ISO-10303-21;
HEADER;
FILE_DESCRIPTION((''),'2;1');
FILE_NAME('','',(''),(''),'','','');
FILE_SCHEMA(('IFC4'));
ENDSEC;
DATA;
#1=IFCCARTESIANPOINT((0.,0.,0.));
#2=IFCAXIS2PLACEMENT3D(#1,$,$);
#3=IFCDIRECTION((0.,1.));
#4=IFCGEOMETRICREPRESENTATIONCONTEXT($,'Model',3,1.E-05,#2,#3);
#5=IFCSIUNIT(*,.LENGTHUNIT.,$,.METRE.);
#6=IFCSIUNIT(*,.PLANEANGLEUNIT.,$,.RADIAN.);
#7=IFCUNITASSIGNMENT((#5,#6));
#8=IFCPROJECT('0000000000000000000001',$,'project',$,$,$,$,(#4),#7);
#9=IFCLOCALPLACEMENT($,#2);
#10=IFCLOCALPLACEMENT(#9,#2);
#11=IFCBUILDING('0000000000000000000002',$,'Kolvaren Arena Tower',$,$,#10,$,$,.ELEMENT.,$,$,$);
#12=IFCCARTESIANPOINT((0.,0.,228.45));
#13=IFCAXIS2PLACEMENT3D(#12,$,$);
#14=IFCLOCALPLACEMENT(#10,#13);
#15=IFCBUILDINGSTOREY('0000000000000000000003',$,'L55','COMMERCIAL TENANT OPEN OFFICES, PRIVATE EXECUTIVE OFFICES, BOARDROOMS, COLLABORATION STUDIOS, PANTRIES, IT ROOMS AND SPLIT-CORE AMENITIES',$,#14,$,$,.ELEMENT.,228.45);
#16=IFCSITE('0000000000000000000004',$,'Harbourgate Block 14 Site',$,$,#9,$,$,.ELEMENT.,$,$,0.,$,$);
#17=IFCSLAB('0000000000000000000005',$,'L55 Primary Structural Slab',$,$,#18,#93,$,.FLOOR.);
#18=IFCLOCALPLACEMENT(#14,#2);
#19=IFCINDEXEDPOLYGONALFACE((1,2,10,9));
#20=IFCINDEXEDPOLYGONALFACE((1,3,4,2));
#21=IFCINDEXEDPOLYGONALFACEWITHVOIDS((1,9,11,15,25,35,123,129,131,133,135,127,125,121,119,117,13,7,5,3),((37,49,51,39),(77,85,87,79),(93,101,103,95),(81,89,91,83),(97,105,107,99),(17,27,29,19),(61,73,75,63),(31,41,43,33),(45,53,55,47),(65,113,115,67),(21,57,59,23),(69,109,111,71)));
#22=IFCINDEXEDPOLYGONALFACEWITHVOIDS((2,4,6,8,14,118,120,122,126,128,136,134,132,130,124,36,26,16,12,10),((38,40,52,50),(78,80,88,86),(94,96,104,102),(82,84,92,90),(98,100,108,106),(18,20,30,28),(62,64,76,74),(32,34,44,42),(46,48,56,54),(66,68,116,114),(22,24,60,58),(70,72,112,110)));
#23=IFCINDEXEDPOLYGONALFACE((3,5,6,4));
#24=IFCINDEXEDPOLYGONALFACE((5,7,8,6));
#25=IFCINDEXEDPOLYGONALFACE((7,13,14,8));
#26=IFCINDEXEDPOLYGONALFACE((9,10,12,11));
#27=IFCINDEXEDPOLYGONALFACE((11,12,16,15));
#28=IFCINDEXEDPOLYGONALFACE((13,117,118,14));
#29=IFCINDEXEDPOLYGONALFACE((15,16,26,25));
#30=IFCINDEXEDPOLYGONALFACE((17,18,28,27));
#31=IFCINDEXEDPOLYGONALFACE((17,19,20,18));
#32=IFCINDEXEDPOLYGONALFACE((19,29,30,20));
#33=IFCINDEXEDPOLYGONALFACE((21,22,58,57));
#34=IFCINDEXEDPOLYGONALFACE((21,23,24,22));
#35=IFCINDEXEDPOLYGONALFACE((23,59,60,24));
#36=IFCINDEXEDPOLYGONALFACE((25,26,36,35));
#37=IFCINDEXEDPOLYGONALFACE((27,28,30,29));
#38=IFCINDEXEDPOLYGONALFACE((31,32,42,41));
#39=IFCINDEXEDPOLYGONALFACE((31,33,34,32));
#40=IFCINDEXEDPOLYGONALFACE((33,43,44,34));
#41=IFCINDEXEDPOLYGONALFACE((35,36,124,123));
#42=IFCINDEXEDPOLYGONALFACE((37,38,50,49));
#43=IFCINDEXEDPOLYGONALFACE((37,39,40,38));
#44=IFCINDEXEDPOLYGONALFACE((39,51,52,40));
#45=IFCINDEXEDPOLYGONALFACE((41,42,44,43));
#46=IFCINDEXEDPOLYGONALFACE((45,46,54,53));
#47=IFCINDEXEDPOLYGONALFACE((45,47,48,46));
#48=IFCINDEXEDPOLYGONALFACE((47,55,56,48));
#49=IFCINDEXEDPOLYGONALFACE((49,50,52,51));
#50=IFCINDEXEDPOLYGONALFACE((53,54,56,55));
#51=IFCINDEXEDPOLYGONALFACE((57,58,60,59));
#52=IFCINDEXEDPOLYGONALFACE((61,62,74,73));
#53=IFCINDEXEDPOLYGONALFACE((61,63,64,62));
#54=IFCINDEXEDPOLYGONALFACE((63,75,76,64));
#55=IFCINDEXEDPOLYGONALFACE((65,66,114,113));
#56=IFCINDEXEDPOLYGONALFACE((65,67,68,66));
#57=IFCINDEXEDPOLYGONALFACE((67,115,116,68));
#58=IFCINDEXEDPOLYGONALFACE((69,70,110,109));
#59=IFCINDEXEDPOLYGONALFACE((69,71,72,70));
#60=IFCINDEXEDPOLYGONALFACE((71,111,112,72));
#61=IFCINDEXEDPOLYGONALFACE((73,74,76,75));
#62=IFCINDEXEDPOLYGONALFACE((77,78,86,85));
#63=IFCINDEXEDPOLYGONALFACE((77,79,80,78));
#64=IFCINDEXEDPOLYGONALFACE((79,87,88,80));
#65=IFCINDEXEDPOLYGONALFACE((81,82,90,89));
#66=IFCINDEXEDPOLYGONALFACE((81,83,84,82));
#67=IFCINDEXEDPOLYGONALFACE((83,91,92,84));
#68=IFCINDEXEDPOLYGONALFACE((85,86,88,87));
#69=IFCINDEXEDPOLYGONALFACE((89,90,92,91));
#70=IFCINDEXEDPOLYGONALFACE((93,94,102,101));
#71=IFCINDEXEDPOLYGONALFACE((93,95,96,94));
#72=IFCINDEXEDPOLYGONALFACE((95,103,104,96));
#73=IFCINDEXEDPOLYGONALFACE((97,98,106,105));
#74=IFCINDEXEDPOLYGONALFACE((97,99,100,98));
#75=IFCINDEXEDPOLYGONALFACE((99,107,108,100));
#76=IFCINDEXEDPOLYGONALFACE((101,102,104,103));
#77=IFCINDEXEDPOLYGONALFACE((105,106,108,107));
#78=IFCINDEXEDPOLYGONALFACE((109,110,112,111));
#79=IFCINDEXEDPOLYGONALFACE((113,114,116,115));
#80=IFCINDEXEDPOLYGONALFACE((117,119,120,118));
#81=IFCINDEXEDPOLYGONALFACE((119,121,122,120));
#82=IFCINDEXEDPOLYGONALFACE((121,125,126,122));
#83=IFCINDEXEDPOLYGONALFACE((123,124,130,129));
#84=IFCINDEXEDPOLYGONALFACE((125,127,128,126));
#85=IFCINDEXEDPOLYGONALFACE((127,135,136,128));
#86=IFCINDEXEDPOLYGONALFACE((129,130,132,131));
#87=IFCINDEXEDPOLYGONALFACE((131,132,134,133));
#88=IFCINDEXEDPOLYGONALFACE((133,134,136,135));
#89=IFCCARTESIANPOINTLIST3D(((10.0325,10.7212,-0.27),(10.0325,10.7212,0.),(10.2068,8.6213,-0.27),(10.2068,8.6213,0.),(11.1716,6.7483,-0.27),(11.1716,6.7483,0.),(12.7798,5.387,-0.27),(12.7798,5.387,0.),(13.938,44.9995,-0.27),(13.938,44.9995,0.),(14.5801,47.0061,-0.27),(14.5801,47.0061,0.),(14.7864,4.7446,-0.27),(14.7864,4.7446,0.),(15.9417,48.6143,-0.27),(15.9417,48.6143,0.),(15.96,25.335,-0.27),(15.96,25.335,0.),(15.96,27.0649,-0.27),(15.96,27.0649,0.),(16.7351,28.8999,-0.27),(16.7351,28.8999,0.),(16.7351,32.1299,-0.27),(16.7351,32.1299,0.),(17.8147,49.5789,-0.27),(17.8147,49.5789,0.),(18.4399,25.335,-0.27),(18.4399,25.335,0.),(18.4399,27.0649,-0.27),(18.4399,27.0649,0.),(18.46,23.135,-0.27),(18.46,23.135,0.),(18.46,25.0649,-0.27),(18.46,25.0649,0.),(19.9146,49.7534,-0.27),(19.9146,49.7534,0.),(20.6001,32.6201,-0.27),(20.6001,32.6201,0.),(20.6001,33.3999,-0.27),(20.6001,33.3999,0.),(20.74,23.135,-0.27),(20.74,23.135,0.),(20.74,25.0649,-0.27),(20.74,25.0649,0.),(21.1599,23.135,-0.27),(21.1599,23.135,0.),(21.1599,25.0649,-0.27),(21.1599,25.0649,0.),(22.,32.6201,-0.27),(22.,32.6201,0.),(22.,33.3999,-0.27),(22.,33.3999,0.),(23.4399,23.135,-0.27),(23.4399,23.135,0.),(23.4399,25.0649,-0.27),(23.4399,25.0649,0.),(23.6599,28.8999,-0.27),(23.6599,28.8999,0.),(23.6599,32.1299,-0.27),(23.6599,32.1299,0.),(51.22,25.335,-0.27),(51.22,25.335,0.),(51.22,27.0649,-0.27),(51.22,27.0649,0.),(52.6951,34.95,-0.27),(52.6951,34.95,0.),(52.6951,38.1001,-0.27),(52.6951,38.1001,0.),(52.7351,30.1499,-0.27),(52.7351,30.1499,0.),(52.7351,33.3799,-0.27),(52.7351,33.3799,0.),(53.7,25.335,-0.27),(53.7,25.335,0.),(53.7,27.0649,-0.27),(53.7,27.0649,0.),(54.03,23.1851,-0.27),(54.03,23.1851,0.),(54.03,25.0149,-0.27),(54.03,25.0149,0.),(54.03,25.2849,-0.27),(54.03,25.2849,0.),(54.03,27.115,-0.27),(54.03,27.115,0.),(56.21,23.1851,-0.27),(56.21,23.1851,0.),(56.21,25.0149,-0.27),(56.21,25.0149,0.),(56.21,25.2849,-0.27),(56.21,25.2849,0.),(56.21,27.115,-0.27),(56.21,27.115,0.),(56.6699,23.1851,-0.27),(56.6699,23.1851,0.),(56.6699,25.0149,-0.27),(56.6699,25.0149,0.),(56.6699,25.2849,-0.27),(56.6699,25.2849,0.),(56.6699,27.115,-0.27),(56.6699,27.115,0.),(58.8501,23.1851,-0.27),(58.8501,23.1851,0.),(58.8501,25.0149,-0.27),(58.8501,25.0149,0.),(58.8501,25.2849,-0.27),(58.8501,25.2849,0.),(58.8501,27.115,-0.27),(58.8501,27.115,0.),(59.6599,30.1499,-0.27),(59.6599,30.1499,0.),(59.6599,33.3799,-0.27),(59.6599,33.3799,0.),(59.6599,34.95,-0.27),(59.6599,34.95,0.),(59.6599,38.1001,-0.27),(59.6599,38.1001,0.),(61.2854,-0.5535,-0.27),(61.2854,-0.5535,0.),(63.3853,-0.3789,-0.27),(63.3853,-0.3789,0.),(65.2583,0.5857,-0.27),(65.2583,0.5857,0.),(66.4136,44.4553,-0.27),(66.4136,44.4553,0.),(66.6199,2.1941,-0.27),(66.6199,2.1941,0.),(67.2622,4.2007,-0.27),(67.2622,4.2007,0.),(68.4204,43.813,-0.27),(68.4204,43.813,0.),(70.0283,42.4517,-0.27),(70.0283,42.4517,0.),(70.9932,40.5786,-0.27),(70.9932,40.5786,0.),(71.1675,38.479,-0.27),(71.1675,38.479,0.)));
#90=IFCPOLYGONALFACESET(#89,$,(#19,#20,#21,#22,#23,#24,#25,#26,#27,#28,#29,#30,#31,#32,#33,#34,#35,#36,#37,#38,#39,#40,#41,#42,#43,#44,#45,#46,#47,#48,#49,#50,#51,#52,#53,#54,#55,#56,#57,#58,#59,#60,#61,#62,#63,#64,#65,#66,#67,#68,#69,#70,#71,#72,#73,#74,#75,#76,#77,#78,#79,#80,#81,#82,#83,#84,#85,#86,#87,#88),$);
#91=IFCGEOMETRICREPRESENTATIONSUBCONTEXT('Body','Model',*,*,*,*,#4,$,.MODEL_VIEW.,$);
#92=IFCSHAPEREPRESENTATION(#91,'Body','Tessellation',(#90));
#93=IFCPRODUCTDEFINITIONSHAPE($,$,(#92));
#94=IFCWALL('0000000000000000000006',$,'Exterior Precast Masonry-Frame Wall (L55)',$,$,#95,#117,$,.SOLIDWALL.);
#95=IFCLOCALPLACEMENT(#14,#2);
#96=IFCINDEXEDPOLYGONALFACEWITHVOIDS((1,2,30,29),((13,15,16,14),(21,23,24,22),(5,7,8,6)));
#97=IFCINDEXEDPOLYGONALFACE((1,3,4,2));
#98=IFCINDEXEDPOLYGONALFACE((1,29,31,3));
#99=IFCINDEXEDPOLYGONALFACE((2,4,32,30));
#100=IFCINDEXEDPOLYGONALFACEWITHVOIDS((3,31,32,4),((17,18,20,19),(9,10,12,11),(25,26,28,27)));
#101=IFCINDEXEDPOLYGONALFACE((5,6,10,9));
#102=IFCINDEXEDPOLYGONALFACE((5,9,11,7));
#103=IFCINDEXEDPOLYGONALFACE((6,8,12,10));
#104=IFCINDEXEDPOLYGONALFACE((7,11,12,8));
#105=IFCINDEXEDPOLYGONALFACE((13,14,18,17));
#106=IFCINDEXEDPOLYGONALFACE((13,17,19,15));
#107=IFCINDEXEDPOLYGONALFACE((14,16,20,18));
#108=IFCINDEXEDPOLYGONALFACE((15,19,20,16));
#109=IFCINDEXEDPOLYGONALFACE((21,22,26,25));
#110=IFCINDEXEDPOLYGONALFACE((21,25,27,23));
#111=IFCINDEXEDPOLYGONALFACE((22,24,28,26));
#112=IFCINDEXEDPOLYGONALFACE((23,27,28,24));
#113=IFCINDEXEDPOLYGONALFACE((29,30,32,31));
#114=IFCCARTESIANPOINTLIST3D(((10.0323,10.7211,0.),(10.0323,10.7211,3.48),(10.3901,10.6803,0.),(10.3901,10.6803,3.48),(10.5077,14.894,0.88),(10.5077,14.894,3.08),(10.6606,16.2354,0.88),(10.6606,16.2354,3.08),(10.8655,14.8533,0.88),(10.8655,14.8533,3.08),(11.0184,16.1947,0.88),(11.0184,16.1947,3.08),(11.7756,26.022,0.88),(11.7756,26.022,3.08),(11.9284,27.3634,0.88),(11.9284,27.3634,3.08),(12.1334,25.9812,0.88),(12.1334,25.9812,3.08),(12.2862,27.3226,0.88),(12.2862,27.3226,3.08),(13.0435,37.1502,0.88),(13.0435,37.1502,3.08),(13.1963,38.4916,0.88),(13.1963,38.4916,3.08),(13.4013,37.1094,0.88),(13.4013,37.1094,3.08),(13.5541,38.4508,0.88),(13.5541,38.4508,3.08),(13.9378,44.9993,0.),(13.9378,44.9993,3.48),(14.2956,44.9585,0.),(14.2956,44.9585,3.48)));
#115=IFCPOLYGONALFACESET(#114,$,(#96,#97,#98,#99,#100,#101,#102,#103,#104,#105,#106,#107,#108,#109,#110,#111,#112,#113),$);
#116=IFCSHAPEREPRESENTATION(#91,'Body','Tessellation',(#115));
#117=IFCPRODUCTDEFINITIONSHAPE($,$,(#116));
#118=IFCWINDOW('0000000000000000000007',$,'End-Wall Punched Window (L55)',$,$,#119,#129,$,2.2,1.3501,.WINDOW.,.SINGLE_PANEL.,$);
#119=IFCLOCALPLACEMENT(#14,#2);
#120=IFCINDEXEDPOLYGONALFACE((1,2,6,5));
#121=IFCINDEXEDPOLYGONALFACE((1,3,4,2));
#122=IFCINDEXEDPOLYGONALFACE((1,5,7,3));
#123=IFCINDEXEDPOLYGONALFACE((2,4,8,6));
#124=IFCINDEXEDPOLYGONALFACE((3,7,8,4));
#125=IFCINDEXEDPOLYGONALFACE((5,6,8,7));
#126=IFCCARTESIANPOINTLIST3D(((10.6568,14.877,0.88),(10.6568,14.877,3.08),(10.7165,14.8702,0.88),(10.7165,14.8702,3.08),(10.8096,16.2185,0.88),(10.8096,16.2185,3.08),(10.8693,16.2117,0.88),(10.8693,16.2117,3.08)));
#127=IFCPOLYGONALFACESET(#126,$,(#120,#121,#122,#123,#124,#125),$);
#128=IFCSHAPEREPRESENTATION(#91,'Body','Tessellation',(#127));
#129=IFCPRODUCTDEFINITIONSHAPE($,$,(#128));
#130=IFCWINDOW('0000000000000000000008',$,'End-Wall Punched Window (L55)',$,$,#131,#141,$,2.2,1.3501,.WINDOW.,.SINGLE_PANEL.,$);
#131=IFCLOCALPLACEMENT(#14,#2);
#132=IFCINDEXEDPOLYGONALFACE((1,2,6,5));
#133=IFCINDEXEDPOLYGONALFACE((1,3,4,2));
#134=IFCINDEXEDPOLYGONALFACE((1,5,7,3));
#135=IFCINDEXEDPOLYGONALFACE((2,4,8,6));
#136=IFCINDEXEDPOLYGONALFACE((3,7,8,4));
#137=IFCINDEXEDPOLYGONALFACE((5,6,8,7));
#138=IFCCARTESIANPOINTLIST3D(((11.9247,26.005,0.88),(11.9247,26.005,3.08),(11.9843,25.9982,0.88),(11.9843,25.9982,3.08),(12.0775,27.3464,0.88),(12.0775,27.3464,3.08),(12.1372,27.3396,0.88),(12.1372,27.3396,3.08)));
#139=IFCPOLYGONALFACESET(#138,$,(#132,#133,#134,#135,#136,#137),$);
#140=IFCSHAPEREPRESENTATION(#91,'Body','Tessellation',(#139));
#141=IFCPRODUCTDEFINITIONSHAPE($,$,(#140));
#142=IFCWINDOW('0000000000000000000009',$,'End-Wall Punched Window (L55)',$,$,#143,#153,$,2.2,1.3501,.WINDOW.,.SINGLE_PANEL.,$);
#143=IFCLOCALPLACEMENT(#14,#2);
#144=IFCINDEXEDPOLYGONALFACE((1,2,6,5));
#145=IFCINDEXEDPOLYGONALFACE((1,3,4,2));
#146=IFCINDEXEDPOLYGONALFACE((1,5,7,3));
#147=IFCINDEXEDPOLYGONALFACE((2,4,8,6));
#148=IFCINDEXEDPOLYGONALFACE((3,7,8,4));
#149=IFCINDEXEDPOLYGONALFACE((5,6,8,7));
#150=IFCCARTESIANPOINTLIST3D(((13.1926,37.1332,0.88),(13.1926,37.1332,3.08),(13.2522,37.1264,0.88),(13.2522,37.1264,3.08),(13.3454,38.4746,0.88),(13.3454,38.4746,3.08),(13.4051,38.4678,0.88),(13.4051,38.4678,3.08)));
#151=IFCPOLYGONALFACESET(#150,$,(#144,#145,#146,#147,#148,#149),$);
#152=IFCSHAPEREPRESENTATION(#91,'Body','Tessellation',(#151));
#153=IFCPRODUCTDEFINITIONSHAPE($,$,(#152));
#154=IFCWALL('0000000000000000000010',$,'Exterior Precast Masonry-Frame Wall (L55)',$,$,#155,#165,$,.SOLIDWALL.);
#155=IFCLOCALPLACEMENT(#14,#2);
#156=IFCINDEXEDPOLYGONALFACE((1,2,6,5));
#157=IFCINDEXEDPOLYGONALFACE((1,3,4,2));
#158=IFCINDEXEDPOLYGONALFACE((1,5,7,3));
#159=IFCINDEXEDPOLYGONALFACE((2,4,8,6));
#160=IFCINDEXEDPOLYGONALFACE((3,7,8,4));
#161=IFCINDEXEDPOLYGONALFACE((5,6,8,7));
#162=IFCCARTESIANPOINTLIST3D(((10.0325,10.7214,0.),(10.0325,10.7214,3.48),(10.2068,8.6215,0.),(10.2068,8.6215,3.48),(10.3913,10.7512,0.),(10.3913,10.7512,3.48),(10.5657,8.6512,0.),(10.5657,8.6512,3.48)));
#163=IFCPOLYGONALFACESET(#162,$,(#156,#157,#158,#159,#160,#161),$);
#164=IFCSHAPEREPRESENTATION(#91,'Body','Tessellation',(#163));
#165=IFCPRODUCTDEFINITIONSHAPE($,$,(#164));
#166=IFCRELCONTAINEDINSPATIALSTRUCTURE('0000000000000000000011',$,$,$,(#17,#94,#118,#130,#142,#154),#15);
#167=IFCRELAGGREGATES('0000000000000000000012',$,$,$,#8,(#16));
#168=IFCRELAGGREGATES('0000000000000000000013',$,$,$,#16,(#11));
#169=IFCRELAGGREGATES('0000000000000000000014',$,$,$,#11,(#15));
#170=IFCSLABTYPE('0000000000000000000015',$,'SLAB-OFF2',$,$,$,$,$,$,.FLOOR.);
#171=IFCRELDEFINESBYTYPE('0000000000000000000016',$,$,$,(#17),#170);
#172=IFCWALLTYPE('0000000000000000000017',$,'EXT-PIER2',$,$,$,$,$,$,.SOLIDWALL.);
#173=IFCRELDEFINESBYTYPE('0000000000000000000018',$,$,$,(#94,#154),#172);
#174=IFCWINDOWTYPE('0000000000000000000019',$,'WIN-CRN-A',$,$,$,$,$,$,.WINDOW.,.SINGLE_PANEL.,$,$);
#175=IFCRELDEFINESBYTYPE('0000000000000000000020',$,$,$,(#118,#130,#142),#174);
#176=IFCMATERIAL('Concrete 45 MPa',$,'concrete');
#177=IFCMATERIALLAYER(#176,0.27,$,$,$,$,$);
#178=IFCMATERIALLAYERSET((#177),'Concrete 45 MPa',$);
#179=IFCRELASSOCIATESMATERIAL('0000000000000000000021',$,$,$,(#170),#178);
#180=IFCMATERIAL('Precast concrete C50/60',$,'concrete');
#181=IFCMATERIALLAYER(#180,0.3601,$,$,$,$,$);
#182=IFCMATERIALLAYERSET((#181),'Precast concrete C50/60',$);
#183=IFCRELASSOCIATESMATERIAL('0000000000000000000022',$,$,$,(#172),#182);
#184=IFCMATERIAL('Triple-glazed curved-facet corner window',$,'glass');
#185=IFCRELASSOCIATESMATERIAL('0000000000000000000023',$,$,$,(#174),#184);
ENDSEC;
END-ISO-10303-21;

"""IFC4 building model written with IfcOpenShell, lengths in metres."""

from ifc_helpers import new_model, si_unit, direction, frame, frame_2d, origin, place, context, subcontext, project, spatial, polyline, rectangle, outline, extrude, material, layer, layer_set, type_object, element, fill, save


model = new_model("IFC4")

# Units and contexts
model_context = context("Model", 3, precision=1e-05, world=origin(), true_north=direction((0.0, 1.0)))
body_context = subcontext(model_context, "Body", "Model", "MODEL_VIEW")
ifc_project = project(units=[si_unit("LENGTHUNIT", "METRE"), si_unit("PLANEANGLEUNIT", "RADIAN")], contexts=[model_context])

# Site, building, storey
site_placement = place(None, origin())
site = spatial("IfcSite", under=ifc_project, at=site_placement, Name="Harbourgate Block 14 Site", CompositionType="ELEMENT", RefElevation=0.0)
building_placement = place(site_placement, origin())
building = spatial("IfcBuilding", under=site, at=building_placement, Name="Kolvaren Arena Tower", CompositionType="ELEMENT")
storey_placement = place(building_placement, frame((0.0, 0.0, 228.45)))
storey = spatial("IfcBuildingStorey", under=building, at=storey_placement, Name="L55", Description="COMMERCIAL TENANT OPEN OFFICES, PRIVATE EXECUTIVE OFFICES, BOARDROOMS, COLLABORATION STUDIOS, PANTRIES, IT ROOMS AND SPLIT-CORE AMENITIES", CompositionType="ELEMENT", Elevation=228.45)

# Shared definitions
ifc_material_1 = material(Name="Concrete 45 MPa", Category="concrete")

# Slab
ifc_layer_1 = layer(ifc_material_1, 0.27)
ifc_layer_set_1 = layer_set([ifc_layer_1], Name="Concrete 45 MPa")
slab_type_1 = type_object("IfcSlabType", Name="SLAB-OFF2", PredefinedType="FLOOR", material=ifc_layer_set_1)
slab_1_placement = place(storey_placement, frame((0.0, 0.0, -0.27)))
element("IfcSlab", 1, at=slab_1_placement, inside=storey, type_object=slab_type_1, Name="L55 Primary Structural Slab", PredefinedType="FLOOR", context=body_context, shape_type="SweptSolid", body=[
    extrude(outline(polyline([(61.2854, -0.5535), (63.3853, -0.3789), (65.2583, 0.5857), (66.6199, 2.1941), (67.2622, 4.2007), (71.1675, 38.479), (70.9932, 40.5786), (70.0283, 42.4517), (68.4204, 43.813), (66.4136, 44.4553), (19.9146, 49.7534), (17.8147, 49.5789), (15.9417, 48.6143), (14.5801, 47.0061), (13.938, 44.9995), (10.0325, 10.7212), (10.2068, 8.6213), (11.1716, 6.7483), (12.7798, 5.387), (14.7864, 4.7446), (61.2854, -0.5535)]), holes=[polyline([(20.74, 23.135), (18.46, 23.135), (18.46, 25.0649), (20.74, 25.0649), (20.74, 23.135)]), polyline([(21.1599, 23.135), (21.1599, 25.0649), (23.4399, 25.0649), (23.4399, 23.135), (21.1599, 23.135)]), polyline([(56.21, 23.1851), (54.03, 23.1851), (54.03, 25.0149), (56.21, 25.0149), (56.21, 23.1851)]), polyline([(56.6699, 23.1851), (56.6699, 25.0149), (58.8501, 25.0149), (58.8501, 23.1851), (56.6699, 23.1851)]), polyline([(54.03, 25.2849), (54.03, 27.115), (56.21, 27.115), (56.21, 25.2849), (54.03, 25.2849)]), polyline([(58.8501, 25.2849), (56.6699, 25.2849), (56.6699, 27.115), (58.8501, 27.115), (58.8501, 25.2849)]), polyline([(15.96, 25.335), (15.96, 27.0649), (18.4399, 27.0649), (18.4399, 25.335), (15.96, 25.335)]), polyline([(53.7, 25.335), (51.22, 25.335), (51.22, 27.0649), (53.7, 27.0649), (53.7, 25.335)]), polyline([(16.7351, 28.8999), (16.7351, 32.1299), (23.6599, 32.1299), (23.6599, 28.8999), (16.7351, 28.8999)]), polyline([(52.7351, 30.1499), (52.7351, 33.3799), (59.6599, 33.3799), (59.6599, 30.1499), (52.7351, 30.1499)]), polyline([(20.6001, 32.6201), (20.6001, 33.3999), (22.0, 33.3999), (22.0, 32.6201), (20.6001, 32.6201)]), polyline([(52.6951, 34.95), (52.6951, 38.1001), (59.6599, 38.1001), (59.6599, 34.95), (52.6951, 34.95)])]), origin(), (0.0, 0.0, 1.0), 0.27),
])

# Wall, openings, windows
ifc_material_2 = material(Name="Precast concrete C50/60", Category="concrete")
ifc_layer_2 = layer(ifc_material_2, 0.3601)
ifc_layer_set_2 = layer_set([ifc_layer_2], Name="Precast concrete C50/60")
wall_type = type_object("IfcWallType", Name="EXT-PIER2", PredefinedType="SOLIDWALL", material=ifc_layer_set_2)
wall_1_placement = place(storey_placement, frame((10.2112, 10.7007, 0.0), z_axis=(0.0, 0.0, 1.0), x_axis=(0.113203, 0.993572, 0.0)))
wall_1 = element("IfcWall", 2, at=wall_1_placement, inside=storey, type_object=wall_type, Name="Exterior Precast Masonry-Frame Wall (L55)", PredefinedType="SOLIDWALL", context=body_context, shape_type="SweptSolid", body=[
    extrude(rectangle(XDim=34.5, YDim=0.3601, at=frame_2d((17.25, 0.0))), origin(), (0.0, 0.0, 1.0), 3.48),
])
opening_1_placement = place(wall_1_placement, frame((4.2, 0.0, 0.8799)))
opening_1 = element("IfcOpeningElement", 3, at=opening_1_placement, cuts=wall_1, PredefinedType="OPENING", context=body_context, shape_type="SweptSolid", body=[
    extrude(rectangle(XDim=1.3501, YDim=2.2, at=frame_2d((0.675, 1.1001))), frame((0.0, 0.1899, 0.0), z_axis=(0.0, -1.0, 0.0), x_axis=(1.0, 0.0, 0.0)), (0.0, 0.0, 1.0), 0.3801),
])
opening_2_placement = place(wall_1_placement, frame((15.3999, 0.0, 0.8799)))
opening_2 = element("IfcOpeningElement", 4, at=opening_2_placement, cuts=wall_1, PredefinedType="OPENING", context=body_context, shape_type="SweptSolid", body=[
    extrude(rectangle(XDim=1.3501, YDim=2.2, at=frame_2d((0.675, 1.1001))), frame((0.0, 0.1899, 0.0), z_axis=(0.0, -1.0, 0.0), x_axis=(1.0, 0.0, 0.0)), (0.0, 0.0, 1.0), 0.3801),
])
opening_3_placement = place(wall_1_placement, frame((26.6001, 0.0, 0.8799)))
opening_3 = element("IfcOpeningElement", 5, at=opening_3_placement, cuts=wall_1, PredefinedType="OPENING", context=body_context, shape_type="SweptSolid", body=[
    extrude(rectangle(XDim=1.3501, YDim=2.2, at=frame_2d((0.675, 1.1001))), frame((0.0, 0.1899, 0.0), z_axis=(0.0, -1.0, 0.0), x_axis=(1.0, 0.0, 0.0)), (0.0, 0.0, 1.0), 0.3801),
])
ifc_material_3 = material(Name="Triple-glazed curved-facet corner window", Category="glass")
window_type = type_object("IfcWindowType", Name="WIN-CRN-A", PartitioningType="SINGLE_PANEL", PredefinedType="WINDOW", material=ifc_material_3)
window_1_placement = place(opening_1_placement, origin())
window_1 = element("IfcWindow", 6, at=window_1_placement, inside=storey, type_object=window_type, Name="End-Wall Punched Window (L55)", OverallHeight=2.2, OverallWidth=1.3501, PartitioningType="SINGLE_PANEL", PredefinedType="WINDOW", context=body_context, shape_type="SweptSolid", body=[
    extrude(rectangle(XDim=1.3501, YDim=2.2, at=frame_2d((0.675, 1.1001))), frame((0.0, 0.03, 0.0), z_axis=(0.0, -1.0, 0.0), x_axis=(1.0, 0.0, 0.0)), (0.0, 0.0, 1.0), 0.0601),
])
fill(opening_1, window_1)
window_2_placement = place(opening_2_placement, origin())
window_2 = element("IfcWindow", 7, at=window_2_placement, inside=storey, type_object=window_type, Name="End-Wall Punched Window (L55)", OverallHeight=2.2, OverallWidth=1.3501, PartitioningType="SINGLE_PANEL", PredefinedType="WINDOW", context=body_context, shape_type="SweptSolid", body=[
    extrude(rectangle(XDim=1.3501, YDim=2.2, at=frame_2d((0.675, 1.1001))), frame((0.0, 0.03, 0.0), z_axis=(0.0, -1.0, 0.0), x_axis=(1.0, 0.0, 0.0)), (0.0, 0.0, 1.0), 0.0601),
])
fill(opening_2, window_2)
window_3_placement = place(opening_3_placement, origin())
window_3 = element("IfcWindow", 8, at=window_3_placement, inside=storey, type_object=window_type, Name="End-Wall Punched Window (L55)", OverallHeight=2.2, OverallWidth=1.3501, PartitioningType="SINGLE_PANEL", PredefinedType="WINDOW", context=body_context, shape_type="SweptSolid", body=[
    extrude(rectangle(XDim=1.3501, YDim=2.2, at=frame_2d((0.675, 1.1001))), frame((0.0, 0.03, 0.0), z_axis=(0.0, -1.0, 0.0), x_axis=(1.0, 0.0, 0.0)), (0.0, 0.0, 1.0), 0.0601),
])
fill(opening_3, window_3)

# Wall
wall_2_placement = place(storey_placement, frame((10.3862, 8.6362, 0.0), z_axis=(0.0, 0.0, 1.0), x_axis=(-0.082729, 0.996572, 0.0)))
element("IfcWall", 9, at=wall_2_placement, inside=storey, type_object=wall_type, Name="Exterior Precast Masonry-Frame Wall (L55)", PredefinedType="SOLIDWALL", context=body_context, shape_type="SweptSolid", body=[
    extrude(rectangle(XDim=2.1072, YDim=0.3601, at=frame_2d((1.0537, 0.0))), origin(), (0.0, 0.0, 1.0), 3.48),
])

save(model, "model.ifc")
